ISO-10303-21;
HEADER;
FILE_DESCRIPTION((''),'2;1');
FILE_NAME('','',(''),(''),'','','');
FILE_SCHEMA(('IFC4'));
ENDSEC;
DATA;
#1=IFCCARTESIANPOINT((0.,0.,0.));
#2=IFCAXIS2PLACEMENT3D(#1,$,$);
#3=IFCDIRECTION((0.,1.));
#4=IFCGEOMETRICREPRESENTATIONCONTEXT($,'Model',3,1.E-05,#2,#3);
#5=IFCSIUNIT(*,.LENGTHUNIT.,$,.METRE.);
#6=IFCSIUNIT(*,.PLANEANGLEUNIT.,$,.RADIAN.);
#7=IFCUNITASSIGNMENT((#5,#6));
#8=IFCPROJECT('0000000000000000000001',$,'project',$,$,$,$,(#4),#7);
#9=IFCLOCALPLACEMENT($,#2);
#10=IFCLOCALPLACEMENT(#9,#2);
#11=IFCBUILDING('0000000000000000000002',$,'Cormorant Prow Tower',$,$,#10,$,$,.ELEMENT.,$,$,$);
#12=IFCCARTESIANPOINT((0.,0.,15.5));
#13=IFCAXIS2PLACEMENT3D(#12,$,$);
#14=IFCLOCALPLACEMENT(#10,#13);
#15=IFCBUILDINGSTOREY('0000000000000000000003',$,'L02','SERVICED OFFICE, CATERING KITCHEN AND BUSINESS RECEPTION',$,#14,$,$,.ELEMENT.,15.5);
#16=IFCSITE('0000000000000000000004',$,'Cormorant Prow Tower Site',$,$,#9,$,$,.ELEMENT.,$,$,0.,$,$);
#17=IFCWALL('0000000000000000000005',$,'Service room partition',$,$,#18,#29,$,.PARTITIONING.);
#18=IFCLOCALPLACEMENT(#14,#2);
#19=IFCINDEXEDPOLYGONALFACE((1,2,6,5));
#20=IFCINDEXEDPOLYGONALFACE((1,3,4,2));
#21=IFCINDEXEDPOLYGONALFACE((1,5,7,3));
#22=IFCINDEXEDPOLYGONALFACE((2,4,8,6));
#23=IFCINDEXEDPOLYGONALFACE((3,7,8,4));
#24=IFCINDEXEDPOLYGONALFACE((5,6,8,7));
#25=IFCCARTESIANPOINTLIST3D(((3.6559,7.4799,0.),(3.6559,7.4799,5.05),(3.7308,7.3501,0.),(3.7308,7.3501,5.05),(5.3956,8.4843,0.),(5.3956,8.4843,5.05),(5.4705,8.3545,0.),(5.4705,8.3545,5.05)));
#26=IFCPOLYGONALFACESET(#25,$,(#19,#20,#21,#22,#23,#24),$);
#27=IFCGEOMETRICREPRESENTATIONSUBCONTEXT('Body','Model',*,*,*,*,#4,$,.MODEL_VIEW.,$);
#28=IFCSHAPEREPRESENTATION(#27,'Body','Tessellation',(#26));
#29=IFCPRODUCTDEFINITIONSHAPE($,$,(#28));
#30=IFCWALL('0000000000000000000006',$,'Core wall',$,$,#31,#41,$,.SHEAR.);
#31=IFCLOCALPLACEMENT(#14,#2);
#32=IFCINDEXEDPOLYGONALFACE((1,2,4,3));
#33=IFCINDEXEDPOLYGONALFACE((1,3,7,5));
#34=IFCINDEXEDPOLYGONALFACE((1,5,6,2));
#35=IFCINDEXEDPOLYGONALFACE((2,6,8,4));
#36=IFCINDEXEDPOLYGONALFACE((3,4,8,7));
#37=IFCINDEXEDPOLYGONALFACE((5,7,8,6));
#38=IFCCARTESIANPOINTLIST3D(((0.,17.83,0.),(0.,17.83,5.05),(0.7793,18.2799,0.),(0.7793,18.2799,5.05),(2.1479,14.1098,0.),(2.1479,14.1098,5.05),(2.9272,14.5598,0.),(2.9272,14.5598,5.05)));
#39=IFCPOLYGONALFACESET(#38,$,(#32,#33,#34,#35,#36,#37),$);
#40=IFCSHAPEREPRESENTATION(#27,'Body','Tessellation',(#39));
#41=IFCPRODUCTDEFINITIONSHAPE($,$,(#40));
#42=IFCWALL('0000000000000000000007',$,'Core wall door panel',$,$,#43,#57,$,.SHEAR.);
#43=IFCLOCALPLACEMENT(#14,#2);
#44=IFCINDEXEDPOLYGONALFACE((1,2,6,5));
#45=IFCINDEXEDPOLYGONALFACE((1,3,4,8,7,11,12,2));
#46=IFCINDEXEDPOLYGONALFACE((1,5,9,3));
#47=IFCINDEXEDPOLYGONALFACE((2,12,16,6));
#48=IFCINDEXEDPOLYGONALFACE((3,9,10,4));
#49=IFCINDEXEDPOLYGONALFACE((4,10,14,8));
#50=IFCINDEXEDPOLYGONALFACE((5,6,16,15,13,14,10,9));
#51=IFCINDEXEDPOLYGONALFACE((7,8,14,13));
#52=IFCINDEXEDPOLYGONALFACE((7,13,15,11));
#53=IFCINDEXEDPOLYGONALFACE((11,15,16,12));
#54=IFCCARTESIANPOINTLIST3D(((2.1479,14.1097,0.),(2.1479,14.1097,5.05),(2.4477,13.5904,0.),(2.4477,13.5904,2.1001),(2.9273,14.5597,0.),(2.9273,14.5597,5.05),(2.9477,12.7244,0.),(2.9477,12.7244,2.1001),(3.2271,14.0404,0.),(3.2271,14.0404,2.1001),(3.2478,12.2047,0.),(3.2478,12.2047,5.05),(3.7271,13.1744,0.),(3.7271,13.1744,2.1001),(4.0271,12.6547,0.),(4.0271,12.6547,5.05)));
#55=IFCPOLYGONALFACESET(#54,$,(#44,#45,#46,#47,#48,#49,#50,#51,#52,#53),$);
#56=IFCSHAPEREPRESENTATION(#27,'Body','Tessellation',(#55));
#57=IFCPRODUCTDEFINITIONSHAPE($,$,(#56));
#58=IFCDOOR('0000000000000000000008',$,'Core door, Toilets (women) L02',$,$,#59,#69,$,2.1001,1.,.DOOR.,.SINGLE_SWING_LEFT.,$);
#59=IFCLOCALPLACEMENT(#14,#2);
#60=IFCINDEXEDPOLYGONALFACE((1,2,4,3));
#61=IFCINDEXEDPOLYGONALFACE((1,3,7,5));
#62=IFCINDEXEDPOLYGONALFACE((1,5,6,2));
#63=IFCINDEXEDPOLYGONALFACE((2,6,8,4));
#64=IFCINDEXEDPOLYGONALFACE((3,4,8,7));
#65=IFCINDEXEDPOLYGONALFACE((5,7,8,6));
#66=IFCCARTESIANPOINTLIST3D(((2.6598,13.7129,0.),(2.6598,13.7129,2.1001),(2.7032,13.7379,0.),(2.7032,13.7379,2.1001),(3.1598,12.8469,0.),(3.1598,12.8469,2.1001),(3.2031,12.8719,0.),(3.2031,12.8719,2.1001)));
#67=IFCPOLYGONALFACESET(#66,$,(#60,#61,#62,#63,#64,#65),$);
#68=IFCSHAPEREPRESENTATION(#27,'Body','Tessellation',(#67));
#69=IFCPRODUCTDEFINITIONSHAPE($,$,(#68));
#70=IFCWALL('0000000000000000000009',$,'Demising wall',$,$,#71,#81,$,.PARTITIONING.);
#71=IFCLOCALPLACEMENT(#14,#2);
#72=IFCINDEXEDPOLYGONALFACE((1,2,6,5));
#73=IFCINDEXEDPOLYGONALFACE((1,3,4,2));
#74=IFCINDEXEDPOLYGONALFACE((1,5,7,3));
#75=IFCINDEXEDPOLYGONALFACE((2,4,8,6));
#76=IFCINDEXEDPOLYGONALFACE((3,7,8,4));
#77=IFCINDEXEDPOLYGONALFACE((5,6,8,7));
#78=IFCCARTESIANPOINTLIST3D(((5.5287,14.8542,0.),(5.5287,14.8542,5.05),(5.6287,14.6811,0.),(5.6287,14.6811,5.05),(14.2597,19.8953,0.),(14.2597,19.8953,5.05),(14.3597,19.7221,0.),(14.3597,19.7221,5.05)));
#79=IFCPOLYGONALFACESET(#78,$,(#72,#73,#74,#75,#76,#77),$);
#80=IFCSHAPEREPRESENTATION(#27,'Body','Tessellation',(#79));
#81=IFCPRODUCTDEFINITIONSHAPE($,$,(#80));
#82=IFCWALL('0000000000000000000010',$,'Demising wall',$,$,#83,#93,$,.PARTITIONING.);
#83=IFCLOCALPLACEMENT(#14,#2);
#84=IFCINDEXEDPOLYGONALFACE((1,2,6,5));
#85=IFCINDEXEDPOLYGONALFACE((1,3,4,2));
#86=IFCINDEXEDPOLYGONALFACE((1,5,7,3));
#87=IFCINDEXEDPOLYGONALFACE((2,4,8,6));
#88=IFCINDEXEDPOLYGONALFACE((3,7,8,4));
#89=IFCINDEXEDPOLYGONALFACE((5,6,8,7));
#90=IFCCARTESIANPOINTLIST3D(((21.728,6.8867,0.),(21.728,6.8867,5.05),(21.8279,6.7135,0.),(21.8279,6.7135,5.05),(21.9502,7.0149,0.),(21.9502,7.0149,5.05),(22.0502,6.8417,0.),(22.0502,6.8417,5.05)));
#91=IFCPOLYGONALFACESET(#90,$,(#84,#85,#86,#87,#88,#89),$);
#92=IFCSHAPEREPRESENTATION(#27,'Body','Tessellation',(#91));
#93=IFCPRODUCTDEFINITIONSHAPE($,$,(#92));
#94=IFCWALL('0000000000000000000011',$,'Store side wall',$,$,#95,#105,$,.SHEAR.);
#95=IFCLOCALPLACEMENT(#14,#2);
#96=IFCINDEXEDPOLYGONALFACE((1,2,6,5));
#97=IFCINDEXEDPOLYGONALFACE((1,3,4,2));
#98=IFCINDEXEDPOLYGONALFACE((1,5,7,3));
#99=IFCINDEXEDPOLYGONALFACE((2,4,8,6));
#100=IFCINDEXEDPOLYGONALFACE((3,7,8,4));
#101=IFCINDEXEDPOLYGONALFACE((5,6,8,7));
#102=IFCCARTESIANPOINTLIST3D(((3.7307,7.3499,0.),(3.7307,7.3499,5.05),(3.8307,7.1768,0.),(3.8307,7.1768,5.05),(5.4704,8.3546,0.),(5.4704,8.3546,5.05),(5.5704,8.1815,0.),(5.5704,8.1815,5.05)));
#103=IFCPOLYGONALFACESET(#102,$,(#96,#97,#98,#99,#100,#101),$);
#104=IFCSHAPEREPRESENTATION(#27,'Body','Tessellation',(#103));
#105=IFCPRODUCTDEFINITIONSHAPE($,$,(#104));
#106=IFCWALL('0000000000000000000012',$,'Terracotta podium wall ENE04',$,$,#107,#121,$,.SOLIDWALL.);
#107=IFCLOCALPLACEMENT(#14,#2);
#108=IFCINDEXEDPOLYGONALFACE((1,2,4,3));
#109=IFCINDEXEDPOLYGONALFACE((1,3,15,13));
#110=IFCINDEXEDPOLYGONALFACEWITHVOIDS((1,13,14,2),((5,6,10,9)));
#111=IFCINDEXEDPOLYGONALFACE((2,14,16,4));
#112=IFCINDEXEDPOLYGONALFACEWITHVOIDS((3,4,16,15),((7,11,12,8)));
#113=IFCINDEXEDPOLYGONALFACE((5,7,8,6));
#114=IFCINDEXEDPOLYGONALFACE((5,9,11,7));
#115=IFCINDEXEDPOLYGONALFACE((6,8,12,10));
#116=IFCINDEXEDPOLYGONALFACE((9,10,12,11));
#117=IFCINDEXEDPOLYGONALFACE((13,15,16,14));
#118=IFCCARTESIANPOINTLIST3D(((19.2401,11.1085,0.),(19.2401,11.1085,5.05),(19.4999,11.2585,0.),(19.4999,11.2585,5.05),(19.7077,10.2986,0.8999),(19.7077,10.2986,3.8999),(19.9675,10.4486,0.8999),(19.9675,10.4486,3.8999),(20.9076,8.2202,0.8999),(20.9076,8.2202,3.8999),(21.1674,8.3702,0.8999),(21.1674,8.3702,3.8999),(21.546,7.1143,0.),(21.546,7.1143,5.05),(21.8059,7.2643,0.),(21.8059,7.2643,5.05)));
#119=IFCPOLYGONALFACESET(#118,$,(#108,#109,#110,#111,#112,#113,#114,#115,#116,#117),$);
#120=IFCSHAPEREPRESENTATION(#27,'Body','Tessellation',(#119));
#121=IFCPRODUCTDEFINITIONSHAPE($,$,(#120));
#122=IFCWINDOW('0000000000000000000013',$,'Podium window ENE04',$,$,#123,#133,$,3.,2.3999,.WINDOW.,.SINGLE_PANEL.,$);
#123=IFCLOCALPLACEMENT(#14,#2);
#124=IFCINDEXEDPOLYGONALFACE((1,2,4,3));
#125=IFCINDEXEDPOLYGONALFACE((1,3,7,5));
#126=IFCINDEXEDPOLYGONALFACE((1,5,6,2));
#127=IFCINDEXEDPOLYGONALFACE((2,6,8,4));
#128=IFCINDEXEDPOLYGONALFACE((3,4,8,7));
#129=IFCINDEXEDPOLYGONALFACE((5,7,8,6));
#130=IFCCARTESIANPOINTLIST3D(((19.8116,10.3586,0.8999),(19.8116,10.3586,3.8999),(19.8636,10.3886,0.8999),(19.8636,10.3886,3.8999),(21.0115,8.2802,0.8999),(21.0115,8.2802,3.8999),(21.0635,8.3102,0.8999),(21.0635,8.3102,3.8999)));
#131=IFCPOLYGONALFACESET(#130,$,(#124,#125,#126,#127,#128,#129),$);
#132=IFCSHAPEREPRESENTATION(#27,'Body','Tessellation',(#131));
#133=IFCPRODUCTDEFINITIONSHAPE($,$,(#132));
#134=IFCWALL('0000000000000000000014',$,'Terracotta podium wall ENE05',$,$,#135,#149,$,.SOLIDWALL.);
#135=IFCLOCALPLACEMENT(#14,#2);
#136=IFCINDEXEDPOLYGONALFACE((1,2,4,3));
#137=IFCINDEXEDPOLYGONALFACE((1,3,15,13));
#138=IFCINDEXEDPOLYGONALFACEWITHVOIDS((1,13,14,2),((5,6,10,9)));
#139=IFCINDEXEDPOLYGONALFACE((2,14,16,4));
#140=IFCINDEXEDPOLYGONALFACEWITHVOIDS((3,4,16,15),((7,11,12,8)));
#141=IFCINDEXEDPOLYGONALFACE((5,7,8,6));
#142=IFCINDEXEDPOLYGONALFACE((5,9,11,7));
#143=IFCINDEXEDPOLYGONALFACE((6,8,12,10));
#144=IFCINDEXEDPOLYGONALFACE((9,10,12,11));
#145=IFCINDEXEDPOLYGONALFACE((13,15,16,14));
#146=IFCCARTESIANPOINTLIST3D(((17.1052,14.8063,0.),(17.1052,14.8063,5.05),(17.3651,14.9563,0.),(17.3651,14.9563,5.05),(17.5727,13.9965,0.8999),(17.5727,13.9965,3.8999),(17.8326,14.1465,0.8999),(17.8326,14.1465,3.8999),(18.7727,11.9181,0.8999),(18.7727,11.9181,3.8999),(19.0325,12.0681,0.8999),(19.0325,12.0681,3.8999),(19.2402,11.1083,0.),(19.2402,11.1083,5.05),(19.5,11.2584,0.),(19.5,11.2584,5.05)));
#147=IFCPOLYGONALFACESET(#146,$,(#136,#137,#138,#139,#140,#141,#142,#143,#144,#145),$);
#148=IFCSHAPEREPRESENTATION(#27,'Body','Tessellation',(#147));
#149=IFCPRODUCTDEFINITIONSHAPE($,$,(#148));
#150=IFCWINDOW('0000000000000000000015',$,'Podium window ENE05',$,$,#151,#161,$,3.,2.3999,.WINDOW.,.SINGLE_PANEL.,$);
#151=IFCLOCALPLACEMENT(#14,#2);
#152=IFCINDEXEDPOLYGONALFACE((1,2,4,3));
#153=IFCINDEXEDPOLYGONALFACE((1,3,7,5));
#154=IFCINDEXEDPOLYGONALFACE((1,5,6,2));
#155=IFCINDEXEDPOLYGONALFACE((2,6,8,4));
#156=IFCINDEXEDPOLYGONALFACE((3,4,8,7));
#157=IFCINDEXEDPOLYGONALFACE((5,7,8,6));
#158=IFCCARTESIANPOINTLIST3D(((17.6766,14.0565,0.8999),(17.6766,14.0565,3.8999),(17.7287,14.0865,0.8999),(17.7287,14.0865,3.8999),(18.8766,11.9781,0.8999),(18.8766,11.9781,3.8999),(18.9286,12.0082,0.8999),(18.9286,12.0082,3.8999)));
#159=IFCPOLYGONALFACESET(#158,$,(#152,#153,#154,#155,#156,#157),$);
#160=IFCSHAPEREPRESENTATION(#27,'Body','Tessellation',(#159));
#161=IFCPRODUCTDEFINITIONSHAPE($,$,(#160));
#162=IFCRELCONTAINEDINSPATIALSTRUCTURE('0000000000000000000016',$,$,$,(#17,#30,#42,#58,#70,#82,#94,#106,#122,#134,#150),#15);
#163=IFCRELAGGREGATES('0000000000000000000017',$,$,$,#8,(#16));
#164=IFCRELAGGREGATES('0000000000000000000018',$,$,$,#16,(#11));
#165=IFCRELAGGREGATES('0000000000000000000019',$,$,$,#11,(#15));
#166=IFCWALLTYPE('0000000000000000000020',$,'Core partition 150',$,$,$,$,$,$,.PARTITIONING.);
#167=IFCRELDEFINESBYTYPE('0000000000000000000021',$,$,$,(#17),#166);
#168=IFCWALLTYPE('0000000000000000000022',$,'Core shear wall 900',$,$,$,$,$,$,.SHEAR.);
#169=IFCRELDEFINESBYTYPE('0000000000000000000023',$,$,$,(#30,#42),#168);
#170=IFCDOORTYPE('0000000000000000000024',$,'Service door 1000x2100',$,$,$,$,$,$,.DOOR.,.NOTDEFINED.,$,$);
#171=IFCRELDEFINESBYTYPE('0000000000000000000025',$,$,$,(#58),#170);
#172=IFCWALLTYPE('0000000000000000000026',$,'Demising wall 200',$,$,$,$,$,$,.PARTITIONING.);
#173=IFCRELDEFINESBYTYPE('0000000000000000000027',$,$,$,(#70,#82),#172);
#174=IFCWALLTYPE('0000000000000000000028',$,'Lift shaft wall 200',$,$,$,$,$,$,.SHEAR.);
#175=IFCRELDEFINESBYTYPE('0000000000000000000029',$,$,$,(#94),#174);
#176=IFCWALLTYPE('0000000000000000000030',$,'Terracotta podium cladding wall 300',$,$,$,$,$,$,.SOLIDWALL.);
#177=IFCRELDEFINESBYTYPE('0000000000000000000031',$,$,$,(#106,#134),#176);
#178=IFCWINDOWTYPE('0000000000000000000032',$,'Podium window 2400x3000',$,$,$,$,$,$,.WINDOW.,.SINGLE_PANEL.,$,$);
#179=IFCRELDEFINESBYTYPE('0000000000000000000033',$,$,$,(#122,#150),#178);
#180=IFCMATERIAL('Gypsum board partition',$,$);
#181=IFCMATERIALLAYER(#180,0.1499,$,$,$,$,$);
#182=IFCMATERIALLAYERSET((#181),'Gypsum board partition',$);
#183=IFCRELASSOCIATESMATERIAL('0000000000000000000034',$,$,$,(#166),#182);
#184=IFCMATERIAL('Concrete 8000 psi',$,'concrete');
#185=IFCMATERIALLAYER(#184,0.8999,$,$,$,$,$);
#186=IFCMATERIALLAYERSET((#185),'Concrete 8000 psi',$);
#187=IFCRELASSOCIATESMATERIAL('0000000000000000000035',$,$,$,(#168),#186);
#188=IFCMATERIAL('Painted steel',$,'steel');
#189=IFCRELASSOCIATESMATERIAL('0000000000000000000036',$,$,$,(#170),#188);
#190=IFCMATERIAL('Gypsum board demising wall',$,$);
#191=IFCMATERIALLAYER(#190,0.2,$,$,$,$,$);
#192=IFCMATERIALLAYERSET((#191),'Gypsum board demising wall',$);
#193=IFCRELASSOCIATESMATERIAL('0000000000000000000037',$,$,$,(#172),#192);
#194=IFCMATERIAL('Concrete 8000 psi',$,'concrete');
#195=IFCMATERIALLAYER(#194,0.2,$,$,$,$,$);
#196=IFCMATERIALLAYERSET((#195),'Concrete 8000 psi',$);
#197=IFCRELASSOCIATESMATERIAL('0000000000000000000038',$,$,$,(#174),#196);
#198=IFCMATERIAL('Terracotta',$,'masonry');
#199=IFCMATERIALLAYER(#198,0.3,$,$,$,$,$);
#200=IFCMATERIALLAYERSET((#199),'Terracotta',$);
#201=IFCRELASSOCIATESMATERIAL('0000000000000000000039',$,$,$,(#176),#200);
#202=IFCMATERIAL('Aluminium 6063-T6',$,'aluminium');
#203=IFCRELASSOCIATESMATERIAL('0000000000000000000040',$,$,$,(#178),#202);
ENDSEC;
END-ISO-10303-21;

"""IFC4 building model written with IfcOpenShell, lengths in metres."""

from ifc_helpers import new_model, si_unit, direction, frame, frame_2d, origin, place, context, subcontext, project, spatial, rectangle, extrude, material, layer, layer_set, type_object, element, fill, save


model = new_model("IFC4")

# Units and contexts
model_context = context("Model", 3, precision=1e-05, world=origin(), true_north=direction((0.0, 1.0)))
body_context = subcontext(model_context, "Body", "Model", "MODEL_VIEW")
ifc_project = project(units=[si_unit("LENGTHUNIT", "METRE"), si_unit("PLANEANGLEUNIT", "RADIAN")], contexts=[model_context])

# Site, building, storey
site_placement = place(None, origin())
site = spatial("IfcSite", under=ifc_project, at=site_placement, Name="Cormorant Prow Tower Site", CompositionType="ELEMENT", RefElevation=0.0)
building_placement = place(site_placement, origin())
building = spatial("IfcBuilding", under=site, at=building_placement, Name="Cormorant Prow Tower", CompositionType="ELEMENT")
storey_placement = place(building_placement, frame((0.0, 0.0, 15.5)))
storey = spatial("IfcBuildingStorey", under=building, at=storey_placement, Name="L02", Description="SERVICED OFFICE, CATERING KITCHEN AND BUSINESS RECEPTION", CompositionType="ELEMENT", Elevation=15.5)

# Walls
ifc_material_1 = material(Name="Gypsum board partition")
ifc_layer_1 = layer(ifc_material_1, 0.1499)
ifc_layer_set_1 = layer_set([ifc_layer_1], Name="Gypsum board partition")
wall_type_1 = type_object("IfcWallType", Name="Core partition 150", PredefinedType="PARTITIONING", material=ifc_layer_set_1)
wall_1_placement = place(storey_placement, frame((3.6934, 7.415, 0.0), z_axis=(0.0, 0.0, 1.0), x_axis=(0.866036, 0.499982, 0.0)))
element("IfcWall", 1, at=wall_1_placement, inside=storey, type_object=wall_type_1, Name="Service room partition", PredefinedType="PARTITIONING", context=body_context, shape_type="SweptSolid", body=[
    extrude(rectangle(XDim=2.0088, YDim=0.1499, at=frame_2d((1.0044, 0.0))), origin(), (0.0, 0.0, 1.0), 5.05),
])
ifc_material_2 = material(Name="Concrete 8000 psi", Category="concrete")
ifc_layer_2 = layer(ifc_material_2, 0.8999)
ifc_layer_set_2 = layer_set([ifc_layer_2], Name="Concrete 8000 psi")
wall_type_2 = type_object("IfcWallType", Name="Core shear wall 900", PredefinedType="SHEAR", material=ifc_layer_set_2)
wall_2_placement = place(storey_placement, frame((2.5376, 14.3347, 0.0), z_axis=(0.0, 0.0, 1.0), x_axis=(-0.500014, 0.866017, 0.0)))
element("IfcWall", 2, at=wall_2_placement, inside=storey, type_object=wall_type_2, Name="Core wall", PredefinedType="SHEAR", context=body_context, shape_type="SweptSolid", body=[
    extrude(rectangle(XDim=4.2957, YDim=0.8999, at=frame_2d((2.1479, 0.0))), origin(), (0.0, 0.0, 1.0), 5.05),
])

# Wall, opening, door
wall_3_placement = place(storey_placement, frame((3.6375, 12.4297, 0.0), z_axis=(0.0, 0.0, 1.0), x_axis=(-0.499995, 0.866028, 0.0)))
wall_3 = element("IfcWall", 3, at=wall_3_placement, inside=storey, type_object=wall_type_2, Name="Core wall door panel", PredefinedType="SHEAR", context=body_context, shape_type="SweptSolid", body=[
    extrude(rectangle(XDim=2.1997, YDim=0.8999, at=frame_2d((1.0999, 0.0))), origin(), (0.0, 0.0, 1.0), 5.05),
])
opening_1_placement = place(wall_3_placement, frame((0.6001, 0.0, 0.0)))
opening_1 = element("IfcOpeningElement", 4, at=opening_1_placement, cuts=wall_3, PredefinedType="OPENING", context=body_context, shape_type="SweptSolid", body=[
    extrude(rectangle(XDim=1.0, YDim=2.1001, at=frame_2d((0.5, 1.05))), frame((0.0, 0.46, 0.0), z_axis=(0.0, -1.0, 0.0), x_axis=(1.0, 0.0, 0.0)), (0.0, 0.0, 1.0), 0.9199),
])
ifc_material_3 = material(Name="Painted steel", Category="steel")
door_type = type_object("IfcDoorType", Name="Service door 1000x2100", OperationType="NOTDEFINED", PredefinedType="DOOR", material=ifc_material_3)
door_placement = place(opening_1_placement, origin())
door = element("IfcDoor", 5, at=door_placement, inside=storey, type_object=door_type, Name="Core door, Toilets (women) L02", OperationType="SINGLE_SWING_LEFT", OverallHeight=2.1001, OverallWidth=1.0, PredefinedType="DOOR", context=body_context, shape_type="SweptSolid", body=[
    extrude(rectangle(XDim=1.0, YDim=2.1001, at=frame_2d((0.5, 1.05))), frame((0.0, 0.2051, 0.0), z_axis=(0.0, -1.0, 0.0), x_axis=(1.0, 0.0, 0.0)), (0.0, 0.0, 1.0), 0.05),
])
fill(opening_1, door)

# Walls
ifc_material_4 = material(Name="Gypsum board demising wall")
ifc_layer_3 = layer(ifc_material_4, 0.2)
ifc_layer_set_3 = layer_set([ifc_layer_3], Name="Gypsum board demising wall")
wall_type_3 = type_object("IfcWallType", Name="Demising wall 200", PredefinedType="PARTITIONING", material=ifc_layer_set_3)
wall_4_placement = place(storey_placement, frame((5.5786, 14.7676, 0.0), z_axis=(0.0, 0.0, 1.0), x_axis=(0.866017, 0.500015, 0.0)))
element("IfcWall", 6, at=wall_4_placement, inside=storey, type_object=wall_type_3, Name="Demising wall", PredefinedType="PARTITIONING", context=body_context, shape_type="SweptSolid", body=[
    extrude(rectangle(XDim=10.0818, YDim=0.2, at=frame_2d((5.041, 0.0))), origin(), (0.0, 0.0, 1.0), 5.05),
])
wall_5_placement = place(storey_placement, frame((21.7778, 6.8, 0.0), z_axis=(0.0, 0.0, 1.0), x_axis=(0.866186, 0.499722, 0.0)))
element("IfcWall", 7, at=wall_5_placement, inside=storey, type_object=wall_type_3, Name="Demising wall", PredefinedType="PARTITIONING", context=body_context, shape_type="SweptSolid", body=[
    extrude(rectangle(XDim=0.2566, YDim=0.2, at=frame_2d((0.1284, 0.0))), origin(), (0.0, 0.0, 1.0), 5.05),
])
ifc_material_5 = material(Name="Concrete 8000 psi", Category="concrete")
ifc_layer_4 = layer(ifc_material_5, 0.2)
ifc_layer_set_4 = layer_set([ifc_layer_4], Name="Concrete 8000 psi")
wall_type_4 = type_object("IfcWallType", Name="Lift shaft wall 200", PredefinedType="SHEAR", material=ifc_layer_set_4)
wall_6_placement = place(storey_placement, frame((3.7808, 7.2634, 0.0), z_axis=(0.0, 0.0, 1.0), x_axis=(0.865983, 0.500073, 0.0)))
element("IfcWall", 8, at=wall_6_placement, inside=storey, type_object=wall_type_4, Name="Store side wall", PredefinedType="SHEAR", context=body_context, shape_type="SweptSolid", body=[
    extrude(rectangle(XDim=2.009, YDim=0.2, at=frame_2d((1.0044, 0.0))), origin(), (0.0, 0.0, 1.0), 5.05),
])

# Walls, openings, windows
ifc_material_6 = material(Name="Terracotta", Category="masonry")
ifc_layer_5 = layer(ifc_material_6, 0.3)
ifc_layer_set_5 = layer_set([ifc_layer_5], Name="Terracotta")
wall_type_5 = type_object("IfcWallType", Name="Terracotta podium cladding wall 300", PredefinedType="SOLIDWALL", material=ifc_layer_set_5)
wall_7_placement = place(storey_placement, frame((21.676, 7.1892, 0.0), z_axis=(0.0, 0.0, 1.0), x_axis=(-0.499982, 0.866036, 0.0)))
wall_7 = element("IfcWall", 9, at=wall_7_placement, inside=storey, type_object=wall_type_5, Name="Terracotta podium wall ENE04", PredefinedType="SOLIDWALL", context=body_context, shape_type="SweptSolid", body=[
    extrude(rectangle(XDim=4.6121, YDim=0.3, at=frame_2d((2.3062, 0.0))), origin(), (0.0, 0.0, 1.0), 5.05),
])
opening_2_placement = place(wall_7_placement, frame((1.2771, 0.0, 0.8999)))
opening_2 = element("IfcOpeningElement", 10, at=opening_2_placement, cuts=wall_7, PredefinedType="OPENING", context=body_context, shape_type="SweptSolid", body=[
    extrude(rectangle(XDim=2.3999, YDim=3.0, at=frame_2d((1.2, 1.5))), frame((0.0, 0.1599, 0.0), z_axis=(0.0, -1.0, 0.0), x_axis=(1.0, 0.0, 0.0)), (0.0, 0.0, 1.0), 0.3201),
])
ifc_material_7 = material(Name="Aluminium 6063-T6", Category="aluminium")
window_type = type_object("IfcWindowType", Name="Podium window 2400x3000", PartitioningType="SINGLE_PANEL", PredefinedType="WINDOW", material=ifc_material_7)
window_1_placement = place(opening_2_placement, origin())
window_1 = element("IfcWindow", 11, at=window_1_placement, inside=storey, type_object=window_type, Name="Podium window ENE04", OverallHeight=3.0, OverallWidth=2.3999, PartitioningType="SINGLE_PANEL", PredefinedType="WINDOW", context=body_context, shape_type="SweptSolid", body=[
    extrude(rectangle(XDim=2.3999, YDim=3.0, at=frame_2d((1.2, 1.5))), frame((0.0, 0.03, 0.0), z_axis=(0.0, -1.0, 0.0), x_axis=(1.0, 0.0, 0.0)), (0.0, 0.0, 1.0), 0.0601),
])
fill(opening_2, window_1)
wall_8_placement = place(storey_placement, frame((19.3701, 11.1833, 0.0), z_axis=(0.0, 0.0, 1.0), x_axis=(-0.499995, 0.866028, 0.0)))
wall_8 = element("IfcWall", 12, at=wall_8_placement, inside=storey, type_object=wall_type_5, Name="Terracotta podium wall ENE05", PredefinedType="SOLIDWALL", context=body_context, shape_type="SweptSolid", body=[
    extrude(rectangle(XDim=4.27, YDim=0.3, at=frame_2d((2.135, 0.0))), origin(), (0.0, 0.0, 1.0), 5.05),
])
opening_3_placement = place(wall_8_placement, frame((0.9351, 0.0, 0.8999)))
opening_3 = element("IfcOpeningElement", 13, at=opening_3_placement, cuts=wall_8, PredefinedType="OPENING", context=body_context, shape_type="SweptSolid", body=[
    extrude(rectangle(XDim=2.3999, YDim=3.0, at=frame_2d((1.2, 1.5))), frame((0.0, 0.1599, 0.0), z_axis=(0.0, -1.0, 0.0), x_axis=(1.0, 0.0, 0.0)), (0.0, 0.0, 1.0), 0.3201),
])
window_2_placement = place(opening_3_placement, origin())
window_2 = element("IfcWindow", 14, at=window_2_placement, inside=storey, type_object=window_type, Name="Podium window ENE05", OverallHeight=3.0, OverallWidth=2.3999, PartitioningType="SINGLE_PANEL", PredefinedType="WINDOW", context=body_context, shape_type="SweptSolid", body=[
    extrude(rectangle(XDim=2.3999, YDim=3.0, at=frame_2d((1.2, 1.5))), frame((0.0, 0.03, 0.0), z_axis=(0.0, -1.0, 0.0), x_axis=(1.0, 0.0, 0.0)), (0.0, 0.0, 1.0), 0.0601),
])
fill(opening_3, window_2)

save(model, "model.ifc")
